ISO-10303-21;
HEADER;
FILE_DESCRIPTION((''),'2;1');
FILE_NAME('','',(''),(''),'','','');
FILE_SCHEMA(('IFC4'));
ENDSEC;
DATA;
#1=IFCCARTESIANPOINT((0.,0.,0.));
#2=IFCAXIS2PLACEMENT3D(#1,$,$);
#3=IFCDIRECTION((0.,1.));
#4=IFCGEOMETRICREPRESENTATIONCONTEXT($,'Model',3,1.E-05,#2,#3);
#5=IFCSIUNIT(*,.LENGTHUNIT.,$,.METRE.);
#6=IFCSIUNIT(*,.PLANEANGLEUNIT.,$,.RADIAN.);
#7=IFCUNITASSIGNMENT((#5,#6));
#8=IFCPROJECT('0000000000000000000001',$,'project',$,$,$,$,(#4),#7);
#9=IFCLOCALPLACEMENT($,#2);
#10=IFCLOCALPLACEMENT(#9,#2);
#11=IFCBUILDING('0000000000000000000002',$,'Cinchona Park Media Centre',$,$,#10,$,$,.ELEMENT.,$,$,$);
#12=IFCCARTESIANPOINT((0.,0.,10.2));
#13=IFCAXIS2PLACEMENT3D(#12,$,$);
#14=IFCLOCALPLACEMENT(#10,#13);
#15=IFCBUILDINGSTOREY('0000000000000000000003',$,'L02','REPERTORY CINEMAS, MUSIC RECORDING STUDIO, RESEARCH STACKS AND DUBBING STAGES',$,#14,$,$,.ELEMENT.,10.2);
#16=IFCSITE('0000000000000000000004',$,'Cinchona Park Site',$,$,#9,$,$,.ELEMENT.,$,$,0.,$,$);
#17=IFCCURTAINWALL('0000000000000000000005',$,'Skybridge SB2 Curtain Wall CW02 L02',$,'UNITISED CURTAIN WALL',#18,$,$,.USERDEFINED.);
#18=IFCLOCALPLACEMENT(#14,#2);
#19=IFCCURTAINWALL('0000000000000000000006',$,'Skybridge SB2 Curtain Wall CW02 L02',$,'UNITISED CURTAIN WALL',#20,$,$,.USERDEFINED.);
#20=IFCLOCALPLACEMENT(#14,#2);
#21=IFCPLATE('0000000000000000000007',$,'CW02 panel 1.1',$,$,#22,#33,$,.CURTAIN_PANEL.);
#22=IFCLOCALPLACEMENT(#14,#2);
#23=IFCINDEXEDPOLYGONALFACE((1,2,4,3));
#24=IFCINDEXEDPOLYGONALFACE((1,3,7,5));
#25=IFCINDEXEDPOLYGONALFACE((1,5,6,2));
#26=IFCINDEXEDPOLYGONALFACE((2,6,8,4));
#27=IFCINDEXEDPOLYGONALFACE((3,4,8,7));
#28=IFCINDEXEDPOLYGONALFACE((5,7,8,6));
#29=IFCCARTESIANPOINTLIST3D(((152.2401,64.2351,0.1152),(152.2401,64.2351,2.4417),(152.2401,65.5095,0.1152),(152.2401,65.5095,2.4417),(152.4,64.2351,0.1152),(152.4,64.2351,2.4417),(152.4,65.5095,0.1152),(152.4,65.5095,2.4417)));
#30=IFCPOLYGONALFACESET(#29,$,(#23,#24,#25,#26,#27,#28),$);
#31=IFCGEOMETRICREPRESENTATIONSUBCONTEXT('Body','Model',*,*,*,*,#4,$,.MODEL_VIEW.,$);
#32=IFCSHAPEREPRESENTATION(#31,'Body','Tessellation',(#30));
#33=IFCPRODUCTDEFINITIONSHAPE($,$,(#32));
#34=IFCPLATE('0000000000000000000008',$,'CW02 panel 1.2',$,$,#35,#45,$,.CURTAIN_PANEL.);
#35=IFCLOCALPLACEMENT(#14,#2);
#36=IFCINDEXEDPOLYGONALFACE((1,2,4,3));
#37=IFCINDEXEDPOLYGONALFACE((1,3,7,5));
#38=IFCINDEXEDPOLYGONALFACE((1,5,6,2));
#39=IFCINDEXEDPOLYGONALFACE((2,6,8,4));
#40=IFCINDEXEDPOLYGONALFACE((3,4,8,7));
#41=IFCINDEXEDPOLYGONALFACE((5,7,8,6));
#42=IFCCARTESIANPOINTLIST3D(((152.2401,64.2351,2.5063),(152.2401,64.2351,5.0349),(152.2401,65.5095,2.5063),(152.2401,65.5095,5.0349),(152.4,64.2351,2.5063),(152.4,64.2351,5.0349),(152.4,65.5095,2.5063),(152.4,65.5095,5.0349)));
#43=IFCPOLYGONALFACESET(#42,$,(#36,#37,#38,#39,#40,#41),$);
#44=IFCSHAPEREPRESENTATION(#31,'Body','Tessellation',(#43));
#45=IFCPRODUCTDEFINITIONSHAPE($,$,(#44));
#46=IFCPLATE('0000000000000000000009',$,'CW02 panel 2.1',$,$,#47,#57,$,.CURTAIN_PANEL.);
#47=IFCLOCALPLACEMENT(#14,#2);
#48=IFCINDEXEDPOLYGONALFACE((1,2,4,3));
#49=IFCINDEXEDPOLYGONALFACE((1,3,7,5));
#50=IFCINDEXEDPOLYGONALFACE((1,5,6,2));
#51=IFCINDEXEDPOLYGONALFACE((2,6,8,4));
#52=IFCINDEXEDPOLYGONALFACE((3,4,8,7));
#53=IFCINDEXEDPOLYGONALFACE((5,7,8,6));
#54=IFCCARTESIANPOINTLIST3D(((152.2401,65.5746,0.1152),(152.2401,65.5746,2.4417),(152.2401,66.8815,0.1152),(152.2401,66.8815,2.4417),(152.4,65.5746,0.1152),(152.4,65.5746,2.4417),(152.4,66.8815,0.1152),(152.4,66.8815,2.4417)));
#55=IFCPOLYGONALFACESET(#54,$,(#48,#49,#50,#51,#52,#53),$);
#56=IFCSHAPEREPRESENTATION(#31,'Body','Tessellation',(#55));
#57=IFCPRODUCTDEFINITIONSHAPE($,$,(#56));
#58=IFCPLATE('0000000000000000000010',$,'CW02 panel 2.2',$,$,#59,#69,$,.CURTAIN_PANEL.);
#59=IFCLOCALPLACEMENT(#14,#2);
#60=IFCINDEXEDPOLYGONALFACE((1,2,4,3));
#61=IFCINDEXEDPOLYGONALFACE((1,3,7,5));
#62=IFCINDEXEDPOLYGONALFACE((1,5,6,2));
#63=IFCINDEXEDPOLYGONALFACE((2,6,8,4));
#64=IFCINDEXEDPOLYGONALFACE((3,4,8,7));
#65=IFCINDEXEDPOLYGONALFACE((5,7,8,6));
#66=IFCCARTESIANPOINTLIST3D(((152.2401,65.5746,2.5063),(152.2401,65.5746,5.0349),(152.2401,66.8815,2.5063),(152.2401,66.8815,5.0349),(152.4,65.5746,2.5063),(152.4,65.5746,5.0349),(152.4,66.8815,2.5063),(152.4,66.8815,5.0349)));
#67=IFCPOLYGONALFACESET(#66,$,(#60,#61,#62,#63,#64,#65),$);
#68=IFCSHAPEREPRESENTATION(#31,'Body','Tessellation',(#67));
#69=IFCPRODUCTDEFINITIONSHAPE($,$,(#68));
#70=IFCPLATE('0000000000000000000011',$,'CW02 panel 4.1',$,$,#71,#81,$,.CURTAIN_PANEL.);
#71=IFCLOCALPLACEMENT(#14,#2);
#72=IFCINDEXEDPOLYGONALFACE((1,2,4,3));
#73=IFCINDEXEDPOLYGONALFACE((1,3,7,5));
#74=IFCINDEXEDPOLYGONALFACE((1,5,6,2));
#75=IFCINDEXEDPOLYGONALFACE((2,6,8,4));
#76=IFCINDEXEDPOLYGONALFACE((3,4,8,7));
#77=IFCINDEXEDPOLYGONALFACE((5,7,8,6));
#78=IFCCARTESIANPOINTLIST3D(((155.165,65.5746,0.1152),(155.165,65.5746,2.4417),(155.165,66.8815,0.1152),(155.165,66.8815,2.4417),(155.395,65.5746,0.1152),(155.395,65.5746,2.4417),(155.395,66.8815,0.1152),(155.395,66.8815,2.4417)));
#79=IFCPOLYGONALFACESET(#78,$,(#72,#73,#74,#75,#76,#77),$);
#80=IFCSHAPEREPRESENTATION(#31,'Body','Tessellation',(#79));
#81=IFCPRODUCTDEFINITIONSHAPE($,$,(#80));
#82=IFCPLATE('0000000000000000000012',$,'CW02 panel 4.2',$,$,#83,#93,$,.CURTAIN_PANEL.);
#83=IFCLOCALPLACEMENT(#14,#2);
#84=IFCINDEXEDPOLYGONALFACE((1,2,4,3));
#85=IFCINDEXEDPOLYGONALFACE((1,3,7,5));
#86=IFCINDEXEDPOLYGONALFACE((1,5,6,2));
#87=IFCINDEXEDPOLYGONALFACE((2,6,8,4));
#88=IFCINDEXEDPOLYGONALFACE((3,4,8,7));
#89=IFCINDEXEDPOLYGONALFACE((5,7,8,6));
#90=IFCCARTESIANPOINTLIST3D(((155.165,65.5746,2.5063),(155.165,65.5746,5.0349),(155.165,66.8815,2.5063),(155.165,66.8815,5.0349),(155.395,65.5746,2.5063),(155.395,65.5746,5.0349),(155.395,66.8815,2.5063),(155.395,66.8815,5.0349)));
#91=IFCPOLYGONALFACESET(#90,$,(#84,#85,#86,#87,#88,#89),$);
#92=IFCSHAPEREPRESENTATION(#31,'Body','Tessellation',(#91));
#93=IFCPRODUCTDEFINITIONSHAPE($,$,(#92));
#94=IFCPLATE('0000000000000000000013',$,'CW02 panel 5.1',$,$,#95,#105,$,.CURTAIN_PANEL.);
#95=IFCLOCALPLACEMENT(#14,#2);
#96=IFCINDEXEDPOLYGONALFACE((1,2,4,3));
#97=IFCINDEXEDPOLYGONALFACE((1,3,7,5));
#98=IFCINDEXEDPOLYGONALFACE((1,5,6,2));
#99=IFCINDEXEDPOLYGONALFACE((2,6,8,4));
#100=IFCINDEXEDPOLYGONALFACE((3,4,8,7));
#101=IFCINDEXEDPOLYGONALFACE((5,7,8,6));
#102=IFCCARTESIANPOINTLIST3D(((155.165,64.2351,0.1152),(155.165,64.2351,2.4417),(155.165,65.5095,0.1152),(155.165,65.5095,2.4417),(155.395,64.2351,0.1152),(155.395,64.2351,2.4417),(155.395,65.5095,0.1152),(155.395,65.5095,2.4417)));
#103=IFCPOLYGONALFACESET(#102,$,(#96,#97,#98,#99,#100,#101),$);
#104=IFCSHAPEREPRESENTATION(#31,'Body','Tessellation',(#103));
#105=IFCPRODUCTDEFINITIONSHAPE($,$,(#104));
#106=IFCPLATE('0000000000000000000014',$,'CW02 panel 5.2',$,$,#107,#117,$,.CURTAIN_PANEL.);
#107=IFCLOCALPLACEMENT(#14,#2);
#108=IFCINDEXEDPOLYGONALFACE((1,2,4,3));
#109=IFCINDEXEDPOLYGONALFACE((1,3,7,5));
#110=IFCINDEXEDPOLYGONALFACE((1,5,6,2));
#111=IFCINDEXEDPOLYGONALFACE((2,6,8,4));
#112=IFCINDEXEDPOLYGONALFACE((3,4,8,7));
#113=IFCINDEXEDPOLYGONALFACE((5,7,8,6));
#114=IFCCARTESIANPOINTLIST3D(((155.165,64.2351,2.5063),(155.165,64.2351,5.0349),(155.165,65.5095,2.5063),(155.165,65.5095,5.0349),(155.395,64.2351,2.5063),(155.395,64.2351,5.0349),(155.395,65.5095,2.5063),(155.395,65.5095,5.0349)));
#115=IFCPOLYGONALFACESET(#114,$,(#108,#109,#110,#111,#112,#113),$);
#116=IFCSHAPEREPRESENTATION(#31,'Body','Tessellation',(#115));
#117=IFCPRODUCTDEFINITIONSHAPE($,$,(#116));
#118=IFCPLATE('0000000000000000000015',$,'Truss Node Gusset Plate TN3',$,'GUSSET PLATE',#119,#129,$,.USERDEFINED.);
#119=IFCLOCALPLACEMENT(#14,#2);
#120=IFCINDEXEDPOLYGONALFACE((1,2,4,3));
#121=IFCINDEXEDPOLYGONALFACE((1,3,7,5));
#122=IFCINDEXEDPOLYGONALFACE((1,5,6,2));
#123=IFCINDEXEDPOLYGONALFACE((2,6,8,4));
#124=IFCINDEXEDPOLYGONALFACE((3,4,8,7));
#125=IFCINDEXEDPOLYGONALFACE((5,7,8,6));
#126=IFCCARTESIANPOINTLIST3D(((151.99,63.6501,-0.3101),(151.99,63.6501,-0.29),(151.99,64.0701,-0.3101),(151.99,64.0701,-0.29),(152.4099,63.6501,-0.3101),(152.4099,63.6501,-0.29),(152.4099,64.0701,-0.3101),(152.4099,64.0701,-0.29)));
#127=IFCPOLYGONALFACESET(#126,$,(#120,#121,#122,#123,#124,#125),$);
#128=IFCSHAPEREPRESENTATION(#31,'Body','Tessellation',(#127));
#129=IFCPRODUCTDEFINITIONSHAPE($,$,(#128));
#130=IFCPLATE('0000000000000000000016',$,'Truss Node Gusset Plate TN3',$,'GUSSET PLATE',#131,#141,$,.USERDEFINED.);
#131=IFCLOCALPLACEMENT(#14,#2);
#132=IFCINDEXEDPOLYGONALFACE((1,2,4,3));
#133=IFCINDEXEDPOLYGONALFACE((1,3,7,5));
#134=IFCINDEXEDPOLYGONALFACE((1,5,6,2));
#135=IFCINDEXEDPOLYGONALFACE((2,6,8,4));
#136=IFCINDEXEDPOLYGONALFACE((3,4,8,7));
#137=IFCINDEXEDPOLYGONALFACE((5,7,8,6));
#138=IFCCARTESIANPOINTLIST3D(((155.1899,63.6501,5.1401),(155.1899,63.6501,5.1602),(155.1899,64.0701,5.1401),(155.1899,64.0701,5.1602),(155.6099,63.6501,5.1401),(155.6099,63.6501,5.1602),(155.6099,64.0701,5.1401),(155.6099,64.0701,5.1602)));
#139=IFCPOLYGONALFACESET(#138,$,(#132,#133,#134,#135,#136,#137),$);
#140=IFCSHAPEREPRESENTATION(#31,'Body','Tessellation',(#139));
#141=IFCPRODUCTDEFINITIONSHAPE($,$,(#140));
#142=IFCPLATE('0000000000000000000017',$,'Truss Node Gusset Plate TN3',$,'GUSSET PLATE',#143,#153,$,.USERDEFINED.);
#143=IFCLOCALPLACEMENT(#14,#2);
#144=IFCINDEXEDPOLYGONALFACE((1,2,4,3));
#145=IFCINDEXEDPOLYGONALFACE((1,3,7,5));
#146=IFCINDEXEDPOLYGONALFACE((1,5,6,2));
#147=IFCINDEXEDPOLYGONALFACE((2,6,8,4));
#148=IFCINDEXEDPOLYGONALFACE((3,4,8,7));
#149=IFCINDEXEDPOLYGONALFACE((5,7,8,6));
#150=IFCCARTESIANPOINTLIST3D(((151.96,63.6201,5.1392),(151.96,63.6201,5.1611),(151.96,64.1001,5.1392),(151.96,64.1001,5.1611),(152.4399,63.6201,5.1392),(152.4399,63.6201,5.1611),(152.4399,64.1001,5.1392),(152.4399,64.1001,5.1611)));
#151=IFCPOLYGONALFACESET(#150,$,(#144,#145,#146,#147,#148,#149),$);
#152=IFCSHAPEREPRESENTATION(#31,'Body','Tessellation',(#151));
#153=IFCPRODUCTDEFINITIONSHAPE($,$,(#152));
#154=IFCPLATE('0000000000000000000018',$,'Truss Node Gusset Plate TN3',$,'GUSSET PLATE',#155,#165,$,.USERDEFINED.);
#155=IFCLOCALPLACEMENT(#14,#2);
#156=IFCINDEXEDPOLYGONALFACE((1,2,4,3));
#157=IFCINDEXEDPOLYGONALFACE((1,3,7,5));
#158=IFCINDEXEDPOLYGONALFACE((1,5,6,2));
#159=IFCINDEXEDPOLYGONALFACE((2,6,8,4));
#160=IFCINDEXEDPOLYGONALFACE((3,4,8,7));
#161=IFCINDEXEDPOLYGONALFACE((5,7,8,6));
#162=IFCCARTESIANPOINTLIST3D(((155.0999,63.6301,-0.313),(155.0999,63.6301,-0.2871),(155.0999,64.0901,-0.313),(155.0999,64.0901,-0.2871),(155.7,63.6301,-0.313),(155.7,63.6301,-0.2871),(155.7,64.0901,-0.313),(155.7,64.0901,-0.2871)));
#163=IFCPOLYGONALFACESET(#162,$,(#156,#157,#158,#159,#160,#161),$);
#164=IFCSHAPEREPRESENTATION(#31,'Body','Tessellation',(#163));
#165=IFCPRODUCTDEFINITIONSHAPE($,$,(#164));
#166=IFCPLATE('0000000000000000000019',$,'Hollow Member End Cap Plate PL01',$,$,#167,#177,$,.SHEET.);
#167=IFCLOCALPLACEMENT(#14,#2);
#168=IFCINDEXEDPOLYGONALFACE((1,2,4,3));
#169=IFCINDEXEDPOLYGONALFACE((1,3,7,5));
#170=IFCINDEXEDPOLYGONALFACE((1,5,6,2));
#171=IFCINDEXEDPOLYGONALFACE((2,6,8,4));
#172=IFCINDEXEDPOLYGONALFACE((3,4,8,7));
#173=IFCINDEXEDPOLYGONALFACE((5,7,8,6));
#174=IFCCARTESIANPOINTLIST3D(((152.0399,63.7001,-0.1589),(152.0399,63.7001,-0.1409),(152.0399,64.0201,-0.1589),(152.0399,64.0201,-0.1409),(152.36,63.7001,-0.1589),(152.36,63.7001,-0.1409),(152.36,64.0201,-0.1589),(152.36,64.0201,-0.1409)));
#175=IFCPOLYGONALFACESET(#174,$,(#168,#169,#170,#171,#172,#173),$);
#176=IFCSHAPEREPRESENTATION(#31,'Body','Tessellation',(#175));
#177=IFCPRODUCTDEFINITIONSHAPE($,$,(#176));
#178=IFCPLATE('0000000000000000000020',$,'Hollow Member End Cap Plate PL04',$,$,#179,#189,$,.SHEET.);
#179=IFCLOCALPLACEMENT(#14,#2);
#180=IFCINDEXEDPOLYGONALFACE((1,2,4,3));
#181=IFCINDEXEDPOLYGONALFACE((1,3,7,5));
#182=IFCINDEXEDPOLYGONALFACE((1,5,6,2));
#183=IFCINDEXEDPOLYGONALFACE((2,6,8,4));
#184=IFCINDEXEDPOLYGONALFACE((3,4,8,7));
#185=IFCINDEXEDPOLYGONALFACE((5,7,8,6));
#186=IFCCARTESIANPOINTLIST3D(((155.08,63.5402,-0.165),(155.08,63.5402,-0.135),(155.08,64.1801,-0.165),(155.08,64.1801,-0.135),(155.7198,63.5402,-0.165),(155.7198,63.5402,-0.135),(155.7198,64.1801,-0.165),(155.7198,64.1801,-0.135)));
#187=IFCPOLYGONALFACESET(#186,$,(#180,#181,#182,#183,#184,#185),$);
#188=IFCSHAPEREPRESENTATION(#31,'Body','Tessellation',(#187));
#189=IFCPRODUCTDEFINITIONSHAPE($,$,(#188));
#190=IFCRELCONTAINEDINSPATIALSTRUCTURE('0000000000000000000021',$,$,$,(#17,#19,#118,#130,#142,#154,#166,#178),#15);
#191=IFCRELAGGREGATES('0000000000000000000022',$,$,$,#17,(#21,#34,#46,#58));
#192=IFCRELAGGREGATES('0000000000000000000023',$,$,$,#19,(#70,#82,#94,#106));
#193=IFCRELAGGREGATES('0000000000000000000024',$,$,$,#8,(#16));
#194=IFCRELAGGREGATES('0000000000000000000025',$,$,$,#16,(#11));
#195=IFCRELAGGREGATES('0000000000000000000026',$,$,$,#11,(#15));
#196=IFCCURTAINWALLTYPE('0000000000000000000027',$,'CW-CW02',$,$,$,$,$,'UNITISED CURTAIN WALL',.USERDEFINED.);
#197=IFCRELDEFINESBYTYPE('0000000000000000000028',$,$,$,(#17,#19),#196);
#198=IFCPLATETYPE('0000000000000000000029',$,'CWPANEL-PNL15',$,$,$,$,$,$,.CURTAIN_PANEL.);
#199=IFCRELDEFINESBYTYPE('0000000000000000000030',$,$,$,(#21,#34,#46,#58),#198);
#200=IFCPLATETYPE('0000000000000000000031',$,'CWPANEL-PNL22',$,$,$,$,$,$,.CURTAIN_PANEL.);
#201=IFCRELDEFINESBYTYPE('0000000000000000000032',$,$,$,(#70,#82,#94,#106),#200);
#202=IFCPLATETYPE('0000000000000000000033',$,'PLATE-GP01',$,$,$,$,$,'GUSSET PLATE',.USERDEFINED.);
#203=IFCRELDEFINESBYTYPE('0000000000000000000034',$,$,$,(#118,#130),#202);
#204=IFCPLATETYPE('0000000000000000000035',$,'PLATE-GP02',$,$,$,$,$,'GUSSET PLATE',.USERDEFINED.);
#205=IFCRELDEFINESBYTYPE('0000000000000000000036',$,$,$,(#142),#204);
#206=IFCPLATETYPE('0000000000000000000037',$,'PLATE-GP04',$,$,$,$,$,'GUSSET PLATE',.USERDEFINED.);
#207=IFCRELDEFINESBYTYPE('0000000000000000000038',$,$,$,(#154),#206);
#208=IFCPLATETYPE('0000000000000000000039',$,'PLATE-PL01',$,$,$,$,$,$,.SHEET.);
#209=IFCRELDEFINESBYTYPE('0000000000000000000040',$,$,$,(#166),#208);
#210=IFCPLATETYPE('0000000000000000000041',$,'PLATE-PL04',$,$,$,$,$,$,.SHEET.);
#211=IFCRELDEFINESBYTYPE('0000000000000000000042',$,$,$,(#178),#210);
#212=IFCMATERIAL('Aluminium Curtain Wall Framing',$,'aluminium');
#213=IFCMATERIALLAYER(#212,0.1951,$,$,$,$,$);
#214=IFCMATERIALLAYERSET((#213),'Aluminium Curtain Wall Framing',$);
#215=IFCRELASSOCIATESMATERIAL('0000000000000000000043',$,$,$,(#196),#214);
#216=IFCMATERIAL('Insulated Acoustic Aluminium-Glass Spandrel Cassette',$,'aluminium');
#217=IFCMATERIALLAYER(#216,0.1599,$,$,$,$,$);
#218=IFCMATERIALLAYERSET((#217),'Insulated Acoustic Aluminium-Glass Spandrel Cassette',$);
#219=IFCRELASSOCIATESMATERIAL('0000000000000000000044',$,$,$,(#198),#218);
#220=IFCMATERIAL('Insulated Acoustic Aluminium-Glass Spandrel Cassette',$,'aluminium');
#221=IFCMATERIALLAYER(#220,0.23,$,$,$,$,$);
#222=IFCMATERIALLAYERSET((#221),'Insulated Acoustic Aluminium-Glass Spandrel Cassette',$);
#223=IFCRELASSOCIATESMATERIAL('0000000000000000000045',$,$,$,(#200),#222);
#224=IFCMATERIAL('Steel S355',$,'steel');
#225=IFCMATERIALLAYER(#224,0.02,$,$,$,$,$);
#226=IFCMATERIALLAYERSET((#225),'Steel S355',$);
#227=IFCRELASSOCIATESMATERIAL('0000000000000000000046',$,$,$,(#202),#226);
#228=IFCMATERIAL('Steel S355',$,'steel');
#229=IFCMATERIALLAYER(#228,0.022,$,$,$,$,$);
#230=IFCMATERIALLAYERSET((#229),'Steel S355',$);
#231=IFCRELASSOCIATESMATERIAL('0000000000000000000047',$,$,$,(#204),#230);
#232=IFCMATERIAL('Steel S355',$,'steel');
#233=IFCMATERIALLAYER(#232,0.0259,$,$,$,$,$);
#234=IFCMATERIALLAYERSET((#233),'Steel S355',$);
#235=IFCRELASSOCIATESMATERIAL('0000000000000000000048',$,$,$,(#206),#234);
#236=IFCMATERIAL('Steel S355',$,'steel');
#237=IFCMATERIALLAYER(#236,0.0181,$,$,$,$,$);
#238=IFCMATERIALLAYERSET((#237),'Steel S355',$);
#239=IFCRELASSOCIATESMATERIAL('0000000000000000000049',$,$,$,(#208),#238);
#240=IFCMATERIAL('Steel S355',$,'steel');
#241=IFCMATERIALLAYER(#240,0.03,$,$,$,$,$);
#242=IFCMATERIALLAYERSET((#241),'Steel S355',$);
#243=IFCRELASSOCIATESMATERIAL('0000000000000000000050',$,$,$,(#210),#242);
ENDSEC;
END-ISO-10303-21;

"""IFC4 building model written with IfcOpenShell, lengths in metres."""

from ifc_helpers import new_model, si_unit, direction, frame, origin, origin_2d, place, context, subcontext, project, spatial, rectangle, extrude, material, layer, layer_set, type_object, element, aggregate, save


model = new_model("IFC4")

# Units and contexts
model_context = context("Model", 3, precision=1e-05, world=origin(), true_north=direction((0.0, 1.0)))
body_context = subcontext(model_context, "Body", "Model", "MODEL_VIEW")
ifc_project = project(units=[si_unit("LENGTHUNIT", "METRE"), si_unit("PLANEANGLEUNIT", "RADIAN")], contexts=[model_context])

# Site, building, storey
site_placement = place(None, origin())
site = spatial("IfcSite", under=ifc_project, at=site_placement, Name="Cinchona Park Site", CompositionType="ELEMENT", RefElevation=0.0)
building_placement = place(site_placement, origin())
building = spatial("IfcBuilding", under=site, at=building_placement, Name="Cinchona Park Media Centre", CompositionType="ELEMENT")
storey_placement = place(building_placement, frame((0.0, 0.0, 10.2)))
storey = spatial("IfcBuildingStorey", under=building, at=storey_placement, Name="L02", Description="REPERTORY CINEMAS, MUSIC RECORDING STUDIO, RESEARCH STACKS AND DUBBING STAGES", CompositionType="ELEMENT", Elevation=10.2)

# Curtain walls
ifc_material_1 = material(Name="Aluminium Curtain Wall Framing", Category="aluminium")
ifc_layer_1 = layer(ifc_material_1, 0.1951)
ifc_layer_set_1 = layer_set([ifc_layer_1], Name="Aluminium Curtain Wall Framing")
curtain_wall_type = type_object("IfcCurtainWallType", Name="CW-CW02", ElementType="UNITISED CURTAIN WALL", PredefinedType="USERDEFINED", material=ifc_layer_set_1)
curtain_wall_1_placement = place(storey_placement, origin())
curtain_wall_1 = element("IfcCurtainWall", 1, at=curtain_wall_1_placement, inside=storey, type_object=curtain_wall_type, Name="Skybridge SB2 Curtain Wall CW02 L02", ObjectType="UNITISED CURTAIN WALL", PredefinedType="USERDEFINED")
curtain_wall_2_placement = place(storey_placement, origin())
curtain_wall_2 = element("IfcCurtainWall", 2, at=curtain_wall_2_placement, inside=storey, type_object=curtain_wall_type, Name="Skybridge SB2 Curtain Wall CW02 L02", ObjectType="UNITISED CURTAIN WALL", PredefinedType="USERDEFINED")

# Plates
ifc_material_2 = material(Name="Insulated Acoustic Aluminium-Glass Spandrel Cassette", Category="aluminium")
ifc_layer_2 = layer(ifc_material_2, 0.1599)
ifc_layer_set_2 = layer_set([ifc_layer_2], Name="Insulated Acoustic Aluminium-Glass Spandrel Cassette")
plate_type_1 = type_object("IfcPlateType", Name="CWPANEL-PNL15", PredefinedType="CURTAIN_PANEL", material=ifc_layer_set_2)
plate_1_placement = place(storey_placement, frame((152.3201, 64.8723, 0.1152), z_axis=(0.0, 0.0, 1.0), x_axis=(0.0, 1.0, 0.0)))
plate_1 = element("IfcPlate", 3, at=plate_1_placement, type_object=plate_type_1, Name="CW02 panel 1.1", PredefinedType="CURTAIN_PANEL", context=body_context, shape_type="SweptSolid", body=[
    extrude(rectangle(XDim=1.2744, YDim=0.1599, at=origin_2d()), origin(), (0.0, 0.0, 1.0), 2.3264),
])
plate_2_placement = place(storey_placement, frame((152.3201, 64.8723, 2.5063), z_axis=(0.0, 0.0, 1.0), x_axis=(0.0, 1.0, 0.0)))
plate_2 = element("IfcPlate", 4, at=plate_2_placement, type_object=plate_type_1, Name="CW02 panel 1.2", PredefinedType="CURTAIN_PANEL", context=body_context, shape_type="SweptSolid", body=[
    extrude(rectangle(XDim=1.2744, YDim=0.1599, at=origin_2d()), origin(), (0.0, 0.0, 1.0), 2.5286),
])
plate_3_placement = place(storey_placement, frame((152.3201, 66.228, 0.1152), z_axis=(0.0, 0.0, 1.0), x_axis=(0.0, 1.0, 0.0)))
plate_3 = element("IfcPlate", 5, at=plate_3_placement, type_object=plate_type_1, Name="CW02 panel 2.1", PredefinedType="CURTAIN_PANEL", context=body_context, shape_type="SweptSolid", body=[
    extrude(rectangle(XDim=1.3069, YDim=0.1599, at=origin_2d()), origin(), (0.0, 0.0, 1.0), 2.3264),
])
plate_4_placement = place(storey_placement, frame((152.3201, 66.228, 2.5063), z_axis=(0.0, 0.0, 1.0), x_axis=(0.0, 1.0, 0.0)))
plate_4 = element("IfcPlate", 6, at=plate_4_placement, type_object=plate_type_1, Name="CW02 panel 2.2", PredefinedType="CURTAIN_PANEL", context=body_context, shape_type="SweptSolid", body=[
    extrude(rectangle(XDim=1.3069, YDim=0.1599, at=origin_2d()), origin(), (0.0, 0.0, 1.0), 2.5286),
])
aggregate(curtain_wall_1, [plate_1, plate_2, plate_3, plate_4])
ifc_material_3 = material(Name="Insulated Acoustic Aluminium-Glass Spandrel Cassette", Category="aluminium")
ifc_layer_3 = layer(ifc_material_3, 0.23)
ifc_layer_set_3 = layer_set([ifc_layer_3], Name="Insulated Acoustic Aluminium-Glass Spandrel Cassette")
plate_type_2 = type_object("IfcPlateType", Name="CWPANEL-PNL22", PredefinedType="CURTAIN_PANEL", material=ifc_layer_set_3)
plate_5_placement = place(storey_placement, frame((155.28, 66.228, 0.1152), z_axis=(0.0, 0.0, 1.0), x_axis=(0.0, -1.0, 0.0)))
plate_5 = element("IfcPlate", 7, at=plate_5_placement, type_object=plate_type_2, Name="CW02 panel 4.1", PredefinedType="CURTAIN_PANEL", context=body_context, shape_type="SweptSolid", body=[
    extrude(rectangle(XDim=1.3069, YDim=0.23, at=origin_2d()), origin(), (0.0, 0.0, 1.0), 2.3264),
])
plate_6_placement = place(storey_placement, frame((155.28, 66.228, 2.5063), z_axis=(0.0, 0.0, 1.0), x_axis=(0.0, -1.0, 0.0)))
plate_6 = element("IfcPlate", 8, at=plate_6_placement, type_object=plate_type_2, Name="CW02 panel 4.2", PredefinedType="CURTAIN_PANEL", context=body_context, shape_type="SweptSolid", body=[
    extrude(rectangle(XDim=1.3069, YDim=0.23, at=origin_2d()), origin(), (0.0, 0.0, 1.0), 2.5286),
])
plate_7_placement = place(storey_placement, frame((155.28, 64.8723, 0.1152), z_axis=(0.0, 0.0, 1.0), x_axis=(0.0, -1.0, 0.0)))
plate_7 = element("IfcPlate", 9, at=plate_7_placement, type_object=plate_type_2, Name="CW02 panel 5.1", PredefinedType="CURTAIN_PANEL", context=body_context, shape_type="SweptSolid", body=[
    extrude(rectangle(XDim=1.2744, YDim=0.23, at=origin_2d()), origin(), (0.0, 0.0, 1.0), 2.3264),
])
plate_8_placement = place(storey_placement, frame((155.28, 64.8723, 2.5063), z_axis=(0.0, 0.0, 1.0), x_axis=(0.0, -1.0, 0.0)))
plate_8 = element("IfcPlate", 10, at=plate_8_placement, type_object=plate_type_2, Name="CW02 panel 5.2", PredefinedType="CURTAIN_PANEL", context=body_context, shape_type="SweptSolid", body=[
    extrude(rectangle(XDim=1.2744, YDim=0.23, at=origin_2d()), origin(), (0.0, 0.0, 1.0), 2.5286),
])
aggregate(curtain_wall_2, [plate_5, plate_6, plate_7, plate_8])

# Plates
ifc_material_4 = material(Name="Steel S355", Category="steel")
ifc_layer_4 = layer(ifc_material_4, 0.02)
ifc_layer_set_4 = layer_set([ifc_layer_4], Name="Steel S355")
plate_type_3 = type_object("IfcPlateType", Name="PLATE-GP01", ElementType="GUSSET PLATE", PredefinedType="USERDEFINED", material=ifc_layer_set_4)
for number, where, z_axis, x_axis, name in (
    (11, (152.2, 63.8601, -0.3101), (0.0, 0.0, 1.0), (1.0, 0.0, 0.0), "Truss Node Gusset Plate TN3"),
    (12, (155.3999, 63.8601, 5.1401), (0.0, 0.0, 1.0), (1.0, 0.0, 0.0), "Truss Node Gusset Plate TN3"),
):
    element("IfcPlate", number, at=place(storey_placement, frame(where, z_axis=z_axis, x_axis=x_axis)), inside=storey, type_object=plate_type_3, Name=name, ObjectType="GUSSET PLATE", PredefinedType="USERDEFINED", context=body_context, shape_type="SweptSolid", body=[
        extrude(rectangle(XDim=0.4199, YDim=0.4199, at=origin_2d()), origin(), (0.0, 0.0, 1.0), 0.02),
    ])
ifc_material_5 = material(Name="Steel S355", Category="steel")
ifc_layer_5 = layer(ifc_material_5, 0.022)
ifc_layer_set_5 = layer_set([ifc_layer_5], Name="Steel S355")
plate_type_4 = type_object("IfcPlateType", Name="PLATE-GP02", ElementType="GUSSET PLATE", PredefinedType="USERDEFINED", material=ifc_layer_set_5)
plate_9_placement = place(storey_placement, frame((152.2, 63.8601, 5.1392), z_axis=(0.0, 0.0, 1.0), x_axis=(1.0, 0.0, 0.0)))
element("IfcPlate", 13, at=plate_9_placement, inside=storey, type_object=plate_type_4, Name="Truss Node Gusset Plate TN3", ObjectType="GUSSET PLATE", PredefinedType="USERDEFINED", context=body_context, shape_type="SweptSolid", body=[
    extrude(rectangle(XDim=0.48, YDim=0.48, at=origin_2d()), origin(), (0.0, 0.0, 1.0), 0.022),
])
ifc_material_6 = material(Name="Steel S355", Category="steel")
ifc_layer_6 = layer(ifc_material_6, 0.0259)
ifc_layer_set_6 = layer_set([ifc_layer_6], Name="Steel S355")
plate_type_5 = type_object("IfcPlateType", Name="PLATE-GP04", ElementType="GUSSET PLATE", PredefinedType="USERDEFINED", material=ifc_layer_set_6)
plate_10_placement = place(storey_placement, frame((155.3999, 63.8601, -0.313), z_axis=(0.0, 0.0, 1.0), x_axis=(1.0, 0.0, 0.0)))
element("IfcPlate", 14, at=plate_10_placement, inside=storey, type_object=plate_type_5, Name="Truss Node Gusset Plate TN3", ObjectType="GUSSET PLATE", PredefinedType="USERDEFINED", context=body_context, shape_type="SweptSolid", body=[
    extrude(rectangle(XDim=0.6001, YDim=0.46, at=origin_2d()), origin(), (0.0, 0.0, 1.0), 0.0259),
])
ifc_material_7 = material(Name="Steel S355", Category="steel")
ifc_layer_7 = layer(ifc_material_7, 0.0181)
ifc_layer_set_7 = layer_set([ifc_layer_7], Name="Steel S355")
plate_type_6 = type_object("IfcPlateType", Name="PLATE-PL01", PredefinedType="SHEET", material=ifc_layer_set_7)
plate_11_placement = place(storey_placement, frame((152.2, 63.8601, -0.1589), z_axis=(0.0, 0.0, 1.0), x_axis=(1.0, 0.0, 0.0)))
element("IfcPlate", 15, at=plate_11_placement, inside=storey, type_object=plate_type_6, Name="Hollow Member End Cap Plate PL01", PredefinedType="SHEET", context=body_context, shape_type="SweptSolid", body=[
    extrude(rectangle(XDim=0.3201, YDim=0.3201, at=origin_2d()), origin(), (0.0, 0.0, 1.0), 0.0181),
])
ifc_material_8 = material(Name="Steel S355", Category="steel")
ifc_layer_8 = layer(ifc_material_8, 0.03)
ifc_layer_set_8 = layer_set([ifc_layer_8], Name="Steel S355")
plate_type_7 = type_object("IfcPlateType", Name="PLATE-PL04", PredefinedType="SHEET", material=ifc_layer_set_8)
plate_12_placement = place(storey_placement, frame((155.3999, 63.8601, -0.165), z_axis=(0.0, 0.0, 1.0), x_axis=(1.0, 0.0, 0.0)))
element("IfcPlate", 16, at=plate_12_placement, inside=storey, type_object=plate_type_7, Name="Hollow Member End Cap Plate PL04", PredefinedType="SHEET", context=body_context, shape_type="SweptSolid", body=[
    extrude(rectangle(XDim=0.6399, YDim=0.6399, at=origin_2d()), origin(), (0.0, 0.0, 1.0), 0.03),
])

save(model, "model.ifc")
